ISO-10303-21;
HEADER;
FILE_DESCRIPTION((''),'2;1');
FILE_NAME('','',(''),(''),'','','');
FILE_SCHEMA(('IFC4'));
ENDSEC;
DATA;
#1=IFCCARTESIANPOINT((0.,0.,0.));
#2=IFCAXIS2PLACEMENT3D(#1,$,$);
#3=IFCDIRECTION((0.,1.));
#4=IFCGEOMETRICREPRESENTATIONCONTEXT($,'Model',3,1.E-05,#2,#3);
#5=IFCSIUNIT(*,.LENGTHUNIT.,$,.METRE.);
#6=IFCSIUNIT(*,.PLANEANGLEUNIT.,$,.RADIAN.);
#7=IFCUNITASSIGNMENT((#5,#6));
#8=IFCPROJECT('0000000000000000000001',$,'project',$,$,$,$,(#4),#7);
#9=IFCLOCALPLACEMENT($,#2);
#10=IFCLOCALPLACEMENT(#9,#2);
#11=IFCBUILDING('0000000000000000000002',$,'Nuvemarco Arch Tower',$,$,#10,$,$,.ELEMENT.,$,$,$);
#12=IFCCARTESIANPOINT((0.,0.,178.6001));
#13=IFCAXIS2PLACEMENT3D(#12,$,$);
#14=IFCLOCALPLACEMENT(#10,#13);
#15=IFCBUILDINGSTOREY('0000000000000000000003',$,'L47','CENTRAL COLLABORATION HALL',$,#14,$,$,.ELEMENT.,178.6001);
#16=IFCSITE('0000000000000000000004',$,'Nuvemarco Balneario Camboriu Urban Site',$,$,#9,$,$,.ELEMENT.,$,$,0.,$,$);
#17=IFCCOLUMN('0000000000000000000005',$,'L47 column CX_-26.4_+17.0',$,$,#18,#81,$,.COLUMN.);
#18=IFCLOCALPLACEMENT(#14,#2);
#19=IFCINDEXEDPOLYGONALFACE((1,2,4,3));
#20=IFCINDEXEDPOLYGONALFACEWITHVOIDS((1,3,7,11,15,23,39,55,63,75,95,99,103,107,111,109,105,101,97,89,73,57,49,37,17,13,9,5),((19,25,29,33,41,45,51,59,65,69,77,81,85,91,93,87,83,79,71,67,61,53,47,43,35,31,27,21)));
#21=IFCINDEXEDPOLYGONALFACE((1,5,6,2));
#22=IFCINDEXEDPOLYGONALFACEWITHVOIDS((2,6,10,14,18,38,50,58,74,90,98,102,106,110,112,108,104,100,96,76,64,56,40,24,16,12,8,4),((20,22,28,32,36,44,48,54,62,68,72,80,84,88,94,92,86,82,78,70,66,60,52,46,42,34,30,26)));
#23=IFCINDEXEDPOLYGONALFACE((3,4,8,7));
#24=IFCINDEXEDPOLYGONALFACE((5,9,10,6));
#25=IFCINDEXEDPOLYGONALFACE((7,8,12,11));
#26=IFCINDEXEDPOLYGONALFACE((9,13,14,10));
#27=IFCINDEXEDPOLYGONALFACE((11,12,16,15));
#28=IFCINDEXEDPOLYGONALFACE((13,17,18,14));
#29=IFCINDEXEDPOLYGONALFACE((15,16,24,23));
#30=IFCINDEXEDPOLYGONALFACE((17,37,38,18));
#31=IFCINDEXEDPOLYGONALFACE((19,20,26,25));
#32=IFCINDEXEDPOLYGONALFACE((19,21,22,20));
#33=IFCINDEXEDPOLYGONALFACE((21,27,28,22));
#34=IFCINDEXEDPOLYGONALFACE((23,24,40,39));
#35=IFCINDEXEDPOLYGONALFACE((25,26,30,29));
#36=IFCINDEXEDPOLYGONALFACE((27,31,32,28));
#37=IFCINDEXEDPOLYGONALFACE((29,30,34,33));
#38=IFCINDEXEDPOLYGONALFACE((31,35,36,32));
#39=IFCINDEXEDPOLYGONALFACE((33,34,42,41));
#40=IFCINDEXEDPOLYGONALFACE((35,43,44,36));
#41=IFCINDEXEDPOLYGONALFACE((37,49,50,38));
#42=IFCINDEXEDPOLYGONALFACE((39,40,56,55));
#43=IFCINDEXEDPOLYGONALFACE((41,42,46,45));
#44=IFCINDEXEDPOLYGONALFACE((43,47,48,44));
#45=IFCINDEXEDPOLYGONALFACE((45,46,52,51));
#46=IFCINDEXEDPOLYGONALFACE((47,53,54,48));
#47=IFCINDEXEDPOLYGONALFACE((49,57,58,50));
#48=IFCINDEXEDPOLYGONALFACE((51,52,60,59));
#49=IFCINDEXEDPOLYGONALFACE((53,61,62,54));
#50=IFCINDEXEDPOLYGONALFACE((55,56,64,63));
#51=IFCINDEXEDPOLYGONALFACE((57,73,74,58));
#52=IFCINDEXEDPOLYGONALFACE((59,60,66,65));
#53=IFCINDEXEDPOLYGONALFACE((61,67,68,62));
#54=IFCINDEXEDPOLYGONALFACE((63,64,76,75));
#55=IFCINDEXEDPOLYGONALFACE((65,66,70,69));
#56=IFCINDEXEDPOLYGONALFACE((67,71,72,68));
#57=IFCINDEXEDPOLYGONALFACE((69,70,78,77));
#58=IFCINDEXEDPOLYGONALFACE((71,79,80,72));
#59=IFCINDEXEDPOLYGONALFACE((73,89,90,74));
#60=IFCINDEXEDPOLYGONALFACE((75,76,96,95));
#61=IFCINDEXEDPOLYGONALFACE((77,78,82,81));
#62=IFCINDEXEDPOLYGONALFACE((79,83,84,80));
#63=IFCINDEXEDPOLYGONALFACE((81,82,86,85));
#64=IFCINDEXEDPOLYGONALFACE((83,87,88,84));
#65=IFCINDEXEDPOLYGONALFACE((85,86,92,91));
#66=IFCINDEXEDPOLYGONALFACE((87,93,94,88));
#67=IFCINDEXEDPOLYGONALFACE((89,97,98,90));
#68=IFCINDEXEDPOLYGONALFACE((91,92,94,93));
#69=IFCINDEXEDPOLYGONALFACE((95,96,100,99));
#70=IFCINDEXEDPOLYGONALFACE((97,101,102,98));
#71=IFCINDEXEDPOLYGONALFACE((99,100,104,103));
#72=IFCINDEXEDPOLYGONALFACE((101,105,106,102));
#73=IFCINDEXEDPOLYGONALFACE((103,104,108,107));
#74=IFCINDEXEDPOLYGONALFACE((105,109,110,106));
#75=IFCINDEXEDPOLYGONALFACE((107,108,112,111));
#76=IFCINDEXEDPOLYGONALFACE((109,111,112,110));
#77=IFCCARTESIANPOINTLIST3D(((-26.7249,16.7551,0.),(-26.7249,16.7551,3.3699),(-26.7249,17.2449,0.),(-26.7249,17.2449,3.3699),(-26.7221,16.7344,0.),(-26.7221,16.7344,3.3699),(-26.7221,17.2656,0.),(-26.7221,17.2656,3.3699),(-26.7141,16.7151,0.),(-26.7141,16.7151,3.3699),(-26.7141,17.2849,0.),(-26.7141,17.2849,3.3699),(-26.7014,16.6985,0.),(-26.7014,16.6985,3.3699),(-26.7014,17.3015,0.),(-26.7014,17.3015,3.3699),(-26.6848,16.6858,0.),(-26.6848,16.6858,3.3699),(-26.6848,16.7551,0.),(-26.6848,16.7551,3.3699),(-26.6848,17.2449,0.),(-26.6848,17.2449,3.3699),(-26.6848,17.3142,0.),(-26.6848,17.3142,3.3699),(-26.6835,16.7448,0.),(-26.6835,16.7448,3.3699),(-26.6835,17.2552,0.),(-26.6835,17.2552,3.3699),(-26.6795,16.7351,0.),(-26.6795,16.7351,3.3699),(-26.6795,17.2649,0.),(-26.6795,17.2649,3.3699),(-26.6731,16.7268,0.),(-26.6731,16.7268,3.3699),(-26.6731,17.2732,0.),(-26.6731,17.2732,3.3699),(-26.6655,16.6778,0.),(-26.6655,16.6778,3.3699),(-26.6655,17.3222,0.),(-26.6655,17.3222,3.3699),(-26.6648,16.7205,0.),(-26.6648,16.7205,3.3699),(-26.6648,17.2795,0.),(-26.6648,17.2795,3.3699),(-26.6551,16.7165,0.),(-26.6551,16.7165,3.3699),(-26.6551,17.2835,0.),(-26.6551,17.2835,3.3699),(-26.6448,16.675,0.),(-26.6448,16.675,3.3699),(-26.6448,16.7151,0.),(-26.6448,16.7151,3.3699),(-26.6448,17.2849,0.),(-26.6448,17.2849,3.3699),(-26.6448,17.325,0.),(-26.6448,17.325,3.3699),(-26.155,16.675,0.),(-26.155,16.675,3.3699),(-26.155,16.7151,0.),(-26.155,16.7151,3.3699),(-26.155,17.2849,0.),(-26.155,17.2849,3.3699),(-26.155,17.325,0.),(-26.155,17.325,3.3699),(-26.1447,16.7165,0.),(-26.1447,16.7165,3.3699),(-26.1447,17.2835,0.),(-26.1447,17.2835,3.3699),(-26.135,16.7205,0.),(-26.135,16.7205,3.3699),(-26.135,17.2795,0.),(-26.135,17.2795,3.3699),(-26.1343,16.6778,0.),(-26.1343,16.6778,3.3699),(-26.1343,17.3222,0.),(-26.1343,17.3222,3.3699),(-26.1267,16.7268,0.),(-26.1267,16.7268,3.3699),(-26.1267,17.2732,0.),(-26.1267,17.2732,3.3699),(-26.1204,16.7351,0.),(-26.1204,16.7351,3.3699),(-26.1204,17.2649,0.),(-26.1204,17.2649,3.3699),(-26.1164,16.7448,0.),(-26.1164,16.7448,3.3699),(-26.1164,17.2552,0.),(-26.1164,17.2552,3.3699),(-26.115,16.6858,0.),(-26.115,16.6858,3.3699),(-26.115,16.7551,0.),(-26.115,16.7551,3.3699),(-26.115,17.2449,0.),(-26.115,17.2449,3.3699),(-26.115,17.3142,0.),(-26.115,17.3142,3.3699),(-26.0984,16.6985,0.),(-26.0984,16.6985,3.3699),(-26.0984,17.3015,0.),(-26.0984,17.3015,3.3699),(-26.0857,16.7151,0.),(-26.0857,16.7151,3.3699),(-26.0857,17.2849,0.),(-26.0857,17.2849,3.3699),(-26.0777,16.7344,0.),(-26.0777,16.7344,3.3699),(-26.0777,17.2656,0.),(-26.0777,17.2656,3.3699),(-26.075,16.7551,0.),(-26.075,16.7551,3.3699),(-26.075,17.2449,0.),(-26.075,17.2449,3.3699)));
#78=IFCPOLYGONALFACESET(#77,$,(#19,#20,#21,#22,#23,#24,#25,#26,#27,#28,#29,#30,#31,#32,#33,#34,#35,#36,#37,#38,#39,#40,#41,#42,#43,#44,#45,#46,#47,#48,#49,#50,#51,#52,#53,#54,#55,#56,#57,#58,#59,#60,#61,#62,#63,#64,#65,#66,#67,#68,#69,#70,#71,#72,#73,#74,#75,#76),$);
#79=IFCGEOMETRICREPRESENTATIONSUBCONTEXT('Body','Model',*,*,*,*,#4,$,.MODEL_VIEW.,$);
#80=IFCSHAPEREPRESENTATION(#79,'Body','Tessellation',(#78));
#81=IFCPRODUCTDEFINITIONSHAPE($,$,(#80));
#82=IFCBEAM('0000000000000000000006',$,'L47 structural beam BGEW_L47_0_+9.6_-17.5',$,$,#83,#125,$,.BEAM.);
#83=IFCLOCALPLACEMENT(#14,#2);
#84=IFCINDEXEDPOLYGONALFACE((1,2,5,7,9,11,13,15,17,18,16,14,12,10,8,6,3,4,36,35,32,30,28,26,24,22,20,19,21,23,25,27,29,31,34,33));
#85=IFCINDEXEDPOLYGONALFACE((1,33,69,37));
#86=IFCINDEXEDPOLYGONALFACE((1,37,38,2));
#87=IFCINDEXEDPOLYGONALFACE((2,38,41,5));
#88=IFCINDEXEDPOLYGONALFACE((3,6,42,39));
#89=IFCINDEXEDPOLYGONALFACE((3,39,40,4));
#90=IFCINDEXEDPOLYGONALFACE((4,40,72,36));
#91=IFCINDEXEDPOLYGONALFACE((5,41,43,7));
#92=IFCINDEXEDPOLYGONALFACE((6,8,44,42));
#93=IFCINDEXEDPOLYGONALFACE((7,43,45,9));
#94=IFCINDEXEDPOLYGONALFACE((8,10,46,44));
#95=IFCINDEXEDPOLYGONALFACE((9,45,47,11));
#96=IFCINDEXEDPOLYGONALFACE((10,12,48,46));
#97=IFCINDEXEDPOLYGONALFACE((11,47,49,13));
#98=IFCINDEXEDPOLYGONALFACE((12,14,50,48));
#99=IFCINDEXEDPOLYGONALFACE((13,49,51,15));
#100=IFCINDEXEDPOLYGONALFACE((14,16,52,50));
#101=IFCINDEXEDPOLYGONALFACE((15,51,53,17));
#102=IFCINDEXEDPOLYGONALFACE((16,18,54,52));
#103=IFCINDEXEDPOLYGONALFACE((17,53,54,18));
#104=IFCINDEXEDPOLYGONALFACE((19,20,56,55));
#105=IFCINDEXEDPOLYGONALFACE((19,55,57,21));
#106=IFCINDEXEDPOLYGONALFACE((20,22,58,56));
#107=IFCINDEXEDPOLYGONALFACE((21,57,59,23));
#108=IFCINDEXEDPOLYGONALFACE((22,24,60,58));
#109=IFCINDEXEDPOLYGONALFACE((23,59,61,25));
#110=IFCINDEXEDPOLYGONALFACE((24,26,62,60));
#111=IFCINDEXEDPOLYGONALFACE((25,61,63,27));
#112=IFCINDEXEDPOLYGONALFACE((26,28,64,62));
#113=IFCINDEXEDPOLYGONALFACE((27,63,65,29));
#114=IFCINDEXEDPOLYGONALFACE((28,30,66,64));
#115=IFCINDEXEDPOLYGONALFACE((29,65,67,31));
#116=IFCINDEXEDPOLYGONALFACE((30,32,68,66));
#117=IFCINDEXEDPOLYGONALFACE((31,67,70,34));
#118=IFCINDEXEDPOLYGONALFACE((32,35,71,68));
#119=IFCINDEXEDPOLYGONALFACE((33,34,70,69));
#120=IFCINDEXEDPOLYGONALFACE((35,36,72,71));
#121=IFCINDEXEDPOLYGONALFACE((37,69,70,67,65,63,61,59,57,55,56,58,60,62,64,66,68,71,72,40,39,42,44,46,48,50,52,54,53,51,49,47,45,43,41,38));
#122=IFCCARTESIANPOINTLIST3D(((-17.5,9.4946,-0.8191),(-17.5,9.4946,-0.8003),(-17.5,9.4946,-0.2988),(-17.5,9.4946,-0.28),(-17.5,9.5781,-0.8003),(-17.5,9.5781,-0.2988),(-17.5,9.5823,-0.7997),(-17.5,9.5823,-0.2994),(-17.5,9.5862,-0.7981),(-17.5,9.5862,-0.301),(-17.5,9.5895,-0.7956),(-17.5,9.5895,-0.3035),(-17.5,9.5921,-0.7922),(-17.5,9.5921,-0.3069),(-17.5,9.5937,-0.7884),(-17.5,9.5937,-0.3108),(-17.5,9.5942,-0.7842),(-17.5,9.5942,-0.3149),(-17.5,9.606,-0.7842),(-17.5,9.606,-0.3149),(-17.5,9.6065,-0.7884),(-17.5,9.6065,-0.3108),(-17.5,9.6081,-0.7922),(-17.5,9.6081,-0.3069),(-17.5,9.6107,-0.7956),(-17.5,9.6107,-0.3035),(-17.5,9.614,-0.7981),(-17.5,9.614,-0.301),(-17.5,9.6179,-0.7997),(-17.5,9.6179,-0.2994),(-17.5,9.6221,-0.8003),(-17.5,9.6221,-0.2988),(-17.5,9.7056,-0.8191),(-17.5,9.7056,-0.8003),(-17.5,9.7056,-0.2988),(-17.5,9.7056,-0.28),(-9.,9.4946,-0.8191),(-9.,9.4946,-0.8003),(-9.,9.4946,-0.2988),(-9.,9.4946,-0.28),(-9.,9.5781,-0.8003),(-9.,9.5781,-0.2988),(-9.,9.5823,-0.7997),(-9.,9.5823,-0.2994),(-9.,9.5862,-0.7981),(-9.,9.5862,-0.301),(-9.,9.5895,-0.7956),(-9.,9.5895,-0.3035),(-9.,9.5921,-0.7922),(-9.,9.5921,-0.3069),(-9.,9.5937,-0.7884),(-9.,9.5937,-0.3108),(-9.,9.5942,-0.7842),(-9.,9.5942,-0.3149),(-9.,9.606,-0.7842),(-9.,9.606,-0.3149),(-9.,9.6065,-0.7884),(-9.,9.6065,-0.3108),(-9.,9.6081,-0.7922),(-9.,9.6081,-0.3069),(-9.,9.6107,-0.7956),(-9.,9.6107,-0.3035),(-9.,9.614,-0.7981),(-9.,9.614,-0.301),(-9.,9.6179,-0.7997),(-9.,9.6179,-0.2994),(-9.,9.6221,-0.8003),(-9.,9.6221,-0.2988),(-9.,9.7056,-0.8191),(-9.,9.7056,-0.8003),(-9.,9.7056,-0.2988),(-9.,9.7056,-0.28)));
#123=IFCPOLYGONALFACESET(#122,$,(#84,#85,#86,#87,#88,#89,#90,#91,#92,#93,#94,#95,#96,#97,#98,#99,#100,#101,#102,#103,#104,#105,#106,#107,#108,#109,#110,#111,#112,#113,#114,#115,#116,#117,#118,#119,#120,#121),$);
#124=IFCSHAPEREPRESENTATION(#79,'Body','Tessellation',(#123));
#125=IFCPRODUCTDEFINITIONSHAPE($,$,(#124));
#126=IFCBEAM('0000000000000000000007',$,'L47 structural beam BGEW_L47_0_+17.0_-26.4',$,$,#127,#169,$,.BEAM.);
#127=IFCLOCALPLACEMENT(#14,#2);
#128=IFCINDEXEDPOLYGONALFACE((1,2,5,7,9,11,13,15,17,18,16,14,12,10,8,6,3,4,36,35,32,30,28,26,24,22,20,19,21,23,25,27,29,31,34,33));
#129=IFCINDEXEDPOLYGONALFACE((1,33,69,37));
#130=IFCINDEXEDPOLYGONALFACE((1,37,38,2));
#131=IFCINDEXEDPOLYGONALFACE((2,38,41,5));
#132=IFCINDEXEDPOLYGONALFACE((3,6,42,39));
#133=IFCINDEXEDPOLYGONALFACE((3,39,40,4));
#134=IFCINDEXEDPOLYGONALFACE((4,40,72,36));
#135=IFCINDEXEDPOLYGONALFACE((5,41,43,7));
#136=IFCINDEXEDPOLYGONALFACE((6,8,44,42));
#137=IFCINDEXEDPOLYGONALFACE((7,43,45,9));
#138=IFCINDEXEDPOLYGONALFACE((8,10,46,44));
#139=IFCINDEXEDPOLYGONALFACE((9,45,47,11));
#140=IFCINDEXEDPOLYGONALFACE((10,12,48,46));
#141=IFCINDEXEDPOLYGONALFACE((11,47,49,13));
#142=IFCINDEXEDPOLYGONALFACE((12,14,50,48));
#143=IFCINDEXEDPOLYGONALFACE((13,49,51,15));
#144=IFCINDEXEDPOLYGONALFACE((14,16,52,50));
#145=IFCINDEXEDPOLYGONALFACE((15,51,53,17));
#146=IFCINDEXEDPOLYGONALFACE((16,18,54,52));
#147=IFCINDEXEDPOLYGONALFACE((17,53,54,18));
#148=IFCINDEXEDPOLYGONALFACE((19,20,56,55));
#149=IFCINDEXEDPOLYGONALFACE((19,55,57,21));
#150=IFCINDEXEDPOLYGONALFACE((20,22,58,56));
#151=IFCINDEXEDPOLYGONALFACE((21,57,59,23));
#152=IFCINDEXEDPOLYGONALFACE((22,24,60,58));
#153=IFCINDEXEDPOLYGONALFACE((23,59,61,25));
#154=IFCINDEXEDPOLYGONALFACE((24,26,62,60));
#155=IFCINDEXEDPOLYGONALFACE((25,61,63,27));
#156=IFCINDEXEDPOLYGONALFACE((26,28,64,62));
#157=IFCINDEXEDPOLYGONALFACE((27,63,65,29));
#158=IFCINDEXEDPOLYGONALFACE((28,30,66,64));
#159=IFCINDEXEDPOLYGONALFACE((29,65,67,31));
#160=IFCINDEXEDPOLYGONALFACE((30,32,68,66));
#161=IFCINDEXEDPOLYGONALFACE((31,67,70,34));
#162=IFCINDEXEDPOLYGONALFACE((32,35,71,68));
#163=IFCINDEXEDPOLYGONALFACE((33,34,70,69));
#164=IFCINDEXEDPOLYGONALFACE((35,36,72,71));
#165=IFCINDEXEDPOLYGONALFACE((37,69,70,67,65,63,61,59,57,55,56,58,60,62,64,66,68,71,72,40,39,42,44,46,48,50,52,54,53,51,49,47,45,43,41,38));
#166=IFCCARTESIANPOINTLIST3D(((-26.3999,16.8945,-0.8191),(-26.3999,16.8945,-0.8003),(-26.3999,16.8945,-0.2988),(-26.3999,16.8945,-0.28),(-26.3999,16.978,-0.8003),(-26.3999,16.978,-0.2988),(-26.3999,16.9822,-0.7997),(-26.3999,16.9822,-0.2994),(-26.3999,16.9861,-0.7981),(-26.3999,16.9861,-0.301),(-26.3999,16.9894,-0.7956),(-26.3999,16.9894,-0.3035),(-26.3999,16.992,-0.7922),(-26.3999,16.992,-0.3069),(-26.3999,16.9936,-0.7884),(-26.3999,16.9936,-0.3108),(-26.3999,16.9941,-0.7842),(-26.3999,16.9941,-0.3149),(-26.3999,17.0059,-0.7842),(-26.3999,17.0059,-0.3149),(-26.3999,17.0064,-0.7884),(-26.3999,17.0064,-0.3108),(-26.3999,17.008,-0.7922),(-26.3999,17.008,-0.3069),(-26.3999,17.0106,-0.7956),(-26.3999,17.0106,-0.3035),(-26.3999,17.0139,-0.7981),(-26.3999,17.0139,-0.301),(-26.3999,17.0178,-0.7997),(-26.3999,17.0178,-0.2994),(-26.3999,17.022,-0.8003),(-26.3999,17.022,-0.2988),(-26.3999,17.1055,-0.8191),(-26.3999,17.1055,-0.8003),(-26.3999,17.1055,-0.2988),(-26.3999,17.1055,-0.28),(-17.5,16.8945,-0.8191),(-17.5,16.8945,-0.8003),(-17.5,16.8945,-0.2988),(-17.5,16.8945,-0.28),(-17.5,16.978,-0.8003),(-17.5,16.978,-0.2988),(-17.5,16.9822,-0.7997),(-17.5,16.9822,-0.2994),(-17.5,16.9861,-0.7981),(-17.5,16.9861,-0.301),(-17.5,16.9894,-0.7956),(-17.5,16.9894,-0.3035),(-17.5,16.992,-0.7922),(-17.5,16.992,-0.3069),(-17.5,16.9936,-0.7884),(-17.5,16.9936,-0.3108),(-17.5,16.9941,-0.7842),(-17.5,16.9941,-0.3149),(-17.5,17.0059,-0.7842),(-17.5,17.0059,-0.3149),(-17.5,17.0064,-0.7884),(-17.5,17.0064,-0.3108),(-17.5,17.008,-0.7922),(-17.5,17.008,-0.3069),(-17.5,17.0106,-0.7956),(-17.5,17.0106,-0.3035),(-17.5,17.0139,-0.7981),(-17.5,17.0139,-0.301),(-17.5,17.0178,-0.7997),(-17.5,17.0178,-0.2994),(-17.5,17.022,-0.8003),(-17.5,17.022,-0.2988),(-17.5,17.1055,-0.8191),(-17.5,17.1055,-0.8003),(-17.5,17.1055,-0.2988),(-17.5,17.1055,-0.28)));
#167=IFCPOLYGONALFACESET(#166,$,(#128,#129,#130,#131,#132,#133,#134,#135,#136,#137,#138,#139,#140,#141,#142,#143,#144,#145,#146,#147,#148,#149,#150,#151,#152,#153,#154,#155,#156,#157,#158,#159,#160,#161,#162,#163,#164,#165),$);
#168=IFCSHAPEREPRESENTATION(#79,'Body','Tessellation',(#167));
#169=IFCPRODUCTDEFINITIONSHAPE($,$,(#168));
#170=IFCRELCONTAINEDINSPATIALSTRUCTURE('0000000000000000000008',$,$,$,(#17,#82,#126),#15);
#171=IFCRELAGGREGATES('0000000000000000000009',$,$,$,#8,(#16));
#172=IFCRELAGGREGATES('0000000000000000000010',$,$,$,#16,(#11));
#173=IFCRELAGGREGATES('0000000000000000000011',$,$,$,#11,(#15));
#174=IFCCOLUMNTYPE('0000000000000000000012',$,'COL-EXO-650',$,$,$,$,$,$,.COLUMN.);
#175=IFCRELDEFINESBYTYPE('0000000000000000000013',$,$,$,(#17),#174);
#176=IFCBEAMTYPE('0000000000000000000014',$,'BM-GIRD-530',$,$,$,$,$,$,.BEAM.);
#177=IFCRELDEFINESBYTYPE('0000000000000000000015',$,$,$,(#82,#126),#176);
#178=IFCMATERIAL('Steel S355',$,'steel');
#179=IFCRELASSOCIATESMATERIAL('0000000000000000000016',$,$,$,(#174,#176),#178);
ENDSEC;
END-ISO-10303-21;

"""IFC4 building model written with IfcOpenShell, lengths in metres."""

from ifc_helpers import new_model, si_unit, direction, frame, origin, origin_2d, place, context, subcontext, project, spatial, hollow_rectangle, i_section, extrude, material, material_profile, profile_set, type_object, element, save


model = new_model("IFC4")

# Units and contexts
model_context = context("Model", 3, precision=1e-05, world=origin(), true_north=direction((0.0, 1.0)))
body_context = subcontext(model_context, "Body", "Model", "MODEL_VIEW")
ifc_project = project(units=[si_unit("LENGTHUNIT", "METRE"), si_unit("PLANEANGLEUNIT", "RADIAN")], contexts=[model_context])

# Site, building, storey
site_placement = place(None, origin())
site = spatial("IfcSite", under=ifc_project, at=site_placement, Name="Nuvemarco Balneario Camboriu Urban Site", CompositionType="ELEMENT", RefElevation=0.0)
building_placement = place(site_placement, origin())
building = spatial("IfcBuilding", under=site, at=building_placement, Name="Nuvemarco Arch Tower", CompositionType="ELEMENT")
storey_placement = place(building_placement, frame((0.0, 0.0, 178.6001)))
storey = spatial("IfcBuildingStorey", under=building, at=storey_placement, Name="L47", Description="CENTRAL COLLABORATION HALL", CompositionType="ELEMENT", Elevation=178.6001)

# Column
ifc_material_1 = material(Name="Steel S355", Category="steel")
ifc_material_profile_1 = material_profile(ifc_material_1, hollow_rectangle(XDim=0.6499, YDim=0.6499, WallThickness=0.04, InnerFilletRadius=0.04, OuterFilletRadius=0.0801, at=origin_2d()), Name="SHS650x650x40")
ifc_profile_set_1 = profile_set([ifc_material_profile_1], Name="Steel S355")
column_type = type_object("IfcColumnType", Name="COL-EXO-650", PredefinedType="COLUMN", material=ifc_profile_set_1)
column_placement = place(storey_placement, frame((-26.3999, 17.0, 0.0), z_axis=(0.0, 0.0, 1.0), x_axis=(1.0, 0.0, 0.0)))
element("IfcColumn", 1, at=column_placement, inside=storey, type_object=column_type, Name="L47 column CX_-26.4_+17.0", PredefinedType="COLUMN", context=body_context, shape_type="SweptSolid", body=[
    extrude(hollow_rectangle(XDim=0.6499, YDim=0.6499, WallThickness=0.04, InnerFilletRadius=0.04, OuterFilletRadius=0.0801, at=origin_2d()), origin(), (0.0, 0.0, 1.0), 3.3699),
])

# Beams
ifc_material_profile_2 = material_profile(ifc_material_1, i_section(OverallWidth=0.2109, OverallDepth=0.5391, WebThickness=0.0117, FlangeThickness=0.0188, FilletRadius=0.0161, at=origin_2d()), Name="W530x109")
ifc_profile_set_2 = profile_set([ifc_material_profile_2], Name="Steel S355")
beam_type_1 = type_object("IfcBeamType", Name="BM-GIRD-530", PredefinedType="BEAM", material=ifc_profile_set_2)
beam_1_placement = place(storey_placement, frame((-17.5, 9.6001, -0.5496), z_axis=(1.0, 0.0, 0.0), x_axis=(0.0, 1.0, 0.0)))
element("IfcBeam", 2, at=beam_1_placement, inside=storey, type_object=beam_type_1, Name="L47 structural beam BGEW_L47_0_+9.6_-17.5", PredefinedType="BEAM", context=body_context, shape_type="SweptSolid", body=[
    extrude(i_section(OverallWidth=0.2109, OverallDepth=0.5391, WebThickness=0.0117, FlangeThickness=0.0188, FilletRadius=0.0161, at=origin_2d()), origin(), (0.0, 0.0, 1.0), 8.5),
])
beam_2_placement = place(storey_placement, frame((-26.3999, 17.0, -0.5496), z_axis=(1.0, 0.0, 0.0), x_axis=(0.0, 1.0, 0.0)))
element("IfcBeam", 3, at=beam_2_placement, inside=storey, type_object=beam_type_1, Name="L47 structural beam BGEW_L47_0_+17.0_-26.4", PredefinedType="BEAM", context=body_context, shape_type="SweptSolid", body=[
    extrude(i_section(OverallWidth=0.2109, OverallDepth=0.5391, WebThickness=0.0117, FlangeThickness=0.0188, FilletRadius=0.0161, at=origin_2d()), origin(), (0.0, 0.0, 1.0), 8.8999),
])

save(model, "model.ifc")
